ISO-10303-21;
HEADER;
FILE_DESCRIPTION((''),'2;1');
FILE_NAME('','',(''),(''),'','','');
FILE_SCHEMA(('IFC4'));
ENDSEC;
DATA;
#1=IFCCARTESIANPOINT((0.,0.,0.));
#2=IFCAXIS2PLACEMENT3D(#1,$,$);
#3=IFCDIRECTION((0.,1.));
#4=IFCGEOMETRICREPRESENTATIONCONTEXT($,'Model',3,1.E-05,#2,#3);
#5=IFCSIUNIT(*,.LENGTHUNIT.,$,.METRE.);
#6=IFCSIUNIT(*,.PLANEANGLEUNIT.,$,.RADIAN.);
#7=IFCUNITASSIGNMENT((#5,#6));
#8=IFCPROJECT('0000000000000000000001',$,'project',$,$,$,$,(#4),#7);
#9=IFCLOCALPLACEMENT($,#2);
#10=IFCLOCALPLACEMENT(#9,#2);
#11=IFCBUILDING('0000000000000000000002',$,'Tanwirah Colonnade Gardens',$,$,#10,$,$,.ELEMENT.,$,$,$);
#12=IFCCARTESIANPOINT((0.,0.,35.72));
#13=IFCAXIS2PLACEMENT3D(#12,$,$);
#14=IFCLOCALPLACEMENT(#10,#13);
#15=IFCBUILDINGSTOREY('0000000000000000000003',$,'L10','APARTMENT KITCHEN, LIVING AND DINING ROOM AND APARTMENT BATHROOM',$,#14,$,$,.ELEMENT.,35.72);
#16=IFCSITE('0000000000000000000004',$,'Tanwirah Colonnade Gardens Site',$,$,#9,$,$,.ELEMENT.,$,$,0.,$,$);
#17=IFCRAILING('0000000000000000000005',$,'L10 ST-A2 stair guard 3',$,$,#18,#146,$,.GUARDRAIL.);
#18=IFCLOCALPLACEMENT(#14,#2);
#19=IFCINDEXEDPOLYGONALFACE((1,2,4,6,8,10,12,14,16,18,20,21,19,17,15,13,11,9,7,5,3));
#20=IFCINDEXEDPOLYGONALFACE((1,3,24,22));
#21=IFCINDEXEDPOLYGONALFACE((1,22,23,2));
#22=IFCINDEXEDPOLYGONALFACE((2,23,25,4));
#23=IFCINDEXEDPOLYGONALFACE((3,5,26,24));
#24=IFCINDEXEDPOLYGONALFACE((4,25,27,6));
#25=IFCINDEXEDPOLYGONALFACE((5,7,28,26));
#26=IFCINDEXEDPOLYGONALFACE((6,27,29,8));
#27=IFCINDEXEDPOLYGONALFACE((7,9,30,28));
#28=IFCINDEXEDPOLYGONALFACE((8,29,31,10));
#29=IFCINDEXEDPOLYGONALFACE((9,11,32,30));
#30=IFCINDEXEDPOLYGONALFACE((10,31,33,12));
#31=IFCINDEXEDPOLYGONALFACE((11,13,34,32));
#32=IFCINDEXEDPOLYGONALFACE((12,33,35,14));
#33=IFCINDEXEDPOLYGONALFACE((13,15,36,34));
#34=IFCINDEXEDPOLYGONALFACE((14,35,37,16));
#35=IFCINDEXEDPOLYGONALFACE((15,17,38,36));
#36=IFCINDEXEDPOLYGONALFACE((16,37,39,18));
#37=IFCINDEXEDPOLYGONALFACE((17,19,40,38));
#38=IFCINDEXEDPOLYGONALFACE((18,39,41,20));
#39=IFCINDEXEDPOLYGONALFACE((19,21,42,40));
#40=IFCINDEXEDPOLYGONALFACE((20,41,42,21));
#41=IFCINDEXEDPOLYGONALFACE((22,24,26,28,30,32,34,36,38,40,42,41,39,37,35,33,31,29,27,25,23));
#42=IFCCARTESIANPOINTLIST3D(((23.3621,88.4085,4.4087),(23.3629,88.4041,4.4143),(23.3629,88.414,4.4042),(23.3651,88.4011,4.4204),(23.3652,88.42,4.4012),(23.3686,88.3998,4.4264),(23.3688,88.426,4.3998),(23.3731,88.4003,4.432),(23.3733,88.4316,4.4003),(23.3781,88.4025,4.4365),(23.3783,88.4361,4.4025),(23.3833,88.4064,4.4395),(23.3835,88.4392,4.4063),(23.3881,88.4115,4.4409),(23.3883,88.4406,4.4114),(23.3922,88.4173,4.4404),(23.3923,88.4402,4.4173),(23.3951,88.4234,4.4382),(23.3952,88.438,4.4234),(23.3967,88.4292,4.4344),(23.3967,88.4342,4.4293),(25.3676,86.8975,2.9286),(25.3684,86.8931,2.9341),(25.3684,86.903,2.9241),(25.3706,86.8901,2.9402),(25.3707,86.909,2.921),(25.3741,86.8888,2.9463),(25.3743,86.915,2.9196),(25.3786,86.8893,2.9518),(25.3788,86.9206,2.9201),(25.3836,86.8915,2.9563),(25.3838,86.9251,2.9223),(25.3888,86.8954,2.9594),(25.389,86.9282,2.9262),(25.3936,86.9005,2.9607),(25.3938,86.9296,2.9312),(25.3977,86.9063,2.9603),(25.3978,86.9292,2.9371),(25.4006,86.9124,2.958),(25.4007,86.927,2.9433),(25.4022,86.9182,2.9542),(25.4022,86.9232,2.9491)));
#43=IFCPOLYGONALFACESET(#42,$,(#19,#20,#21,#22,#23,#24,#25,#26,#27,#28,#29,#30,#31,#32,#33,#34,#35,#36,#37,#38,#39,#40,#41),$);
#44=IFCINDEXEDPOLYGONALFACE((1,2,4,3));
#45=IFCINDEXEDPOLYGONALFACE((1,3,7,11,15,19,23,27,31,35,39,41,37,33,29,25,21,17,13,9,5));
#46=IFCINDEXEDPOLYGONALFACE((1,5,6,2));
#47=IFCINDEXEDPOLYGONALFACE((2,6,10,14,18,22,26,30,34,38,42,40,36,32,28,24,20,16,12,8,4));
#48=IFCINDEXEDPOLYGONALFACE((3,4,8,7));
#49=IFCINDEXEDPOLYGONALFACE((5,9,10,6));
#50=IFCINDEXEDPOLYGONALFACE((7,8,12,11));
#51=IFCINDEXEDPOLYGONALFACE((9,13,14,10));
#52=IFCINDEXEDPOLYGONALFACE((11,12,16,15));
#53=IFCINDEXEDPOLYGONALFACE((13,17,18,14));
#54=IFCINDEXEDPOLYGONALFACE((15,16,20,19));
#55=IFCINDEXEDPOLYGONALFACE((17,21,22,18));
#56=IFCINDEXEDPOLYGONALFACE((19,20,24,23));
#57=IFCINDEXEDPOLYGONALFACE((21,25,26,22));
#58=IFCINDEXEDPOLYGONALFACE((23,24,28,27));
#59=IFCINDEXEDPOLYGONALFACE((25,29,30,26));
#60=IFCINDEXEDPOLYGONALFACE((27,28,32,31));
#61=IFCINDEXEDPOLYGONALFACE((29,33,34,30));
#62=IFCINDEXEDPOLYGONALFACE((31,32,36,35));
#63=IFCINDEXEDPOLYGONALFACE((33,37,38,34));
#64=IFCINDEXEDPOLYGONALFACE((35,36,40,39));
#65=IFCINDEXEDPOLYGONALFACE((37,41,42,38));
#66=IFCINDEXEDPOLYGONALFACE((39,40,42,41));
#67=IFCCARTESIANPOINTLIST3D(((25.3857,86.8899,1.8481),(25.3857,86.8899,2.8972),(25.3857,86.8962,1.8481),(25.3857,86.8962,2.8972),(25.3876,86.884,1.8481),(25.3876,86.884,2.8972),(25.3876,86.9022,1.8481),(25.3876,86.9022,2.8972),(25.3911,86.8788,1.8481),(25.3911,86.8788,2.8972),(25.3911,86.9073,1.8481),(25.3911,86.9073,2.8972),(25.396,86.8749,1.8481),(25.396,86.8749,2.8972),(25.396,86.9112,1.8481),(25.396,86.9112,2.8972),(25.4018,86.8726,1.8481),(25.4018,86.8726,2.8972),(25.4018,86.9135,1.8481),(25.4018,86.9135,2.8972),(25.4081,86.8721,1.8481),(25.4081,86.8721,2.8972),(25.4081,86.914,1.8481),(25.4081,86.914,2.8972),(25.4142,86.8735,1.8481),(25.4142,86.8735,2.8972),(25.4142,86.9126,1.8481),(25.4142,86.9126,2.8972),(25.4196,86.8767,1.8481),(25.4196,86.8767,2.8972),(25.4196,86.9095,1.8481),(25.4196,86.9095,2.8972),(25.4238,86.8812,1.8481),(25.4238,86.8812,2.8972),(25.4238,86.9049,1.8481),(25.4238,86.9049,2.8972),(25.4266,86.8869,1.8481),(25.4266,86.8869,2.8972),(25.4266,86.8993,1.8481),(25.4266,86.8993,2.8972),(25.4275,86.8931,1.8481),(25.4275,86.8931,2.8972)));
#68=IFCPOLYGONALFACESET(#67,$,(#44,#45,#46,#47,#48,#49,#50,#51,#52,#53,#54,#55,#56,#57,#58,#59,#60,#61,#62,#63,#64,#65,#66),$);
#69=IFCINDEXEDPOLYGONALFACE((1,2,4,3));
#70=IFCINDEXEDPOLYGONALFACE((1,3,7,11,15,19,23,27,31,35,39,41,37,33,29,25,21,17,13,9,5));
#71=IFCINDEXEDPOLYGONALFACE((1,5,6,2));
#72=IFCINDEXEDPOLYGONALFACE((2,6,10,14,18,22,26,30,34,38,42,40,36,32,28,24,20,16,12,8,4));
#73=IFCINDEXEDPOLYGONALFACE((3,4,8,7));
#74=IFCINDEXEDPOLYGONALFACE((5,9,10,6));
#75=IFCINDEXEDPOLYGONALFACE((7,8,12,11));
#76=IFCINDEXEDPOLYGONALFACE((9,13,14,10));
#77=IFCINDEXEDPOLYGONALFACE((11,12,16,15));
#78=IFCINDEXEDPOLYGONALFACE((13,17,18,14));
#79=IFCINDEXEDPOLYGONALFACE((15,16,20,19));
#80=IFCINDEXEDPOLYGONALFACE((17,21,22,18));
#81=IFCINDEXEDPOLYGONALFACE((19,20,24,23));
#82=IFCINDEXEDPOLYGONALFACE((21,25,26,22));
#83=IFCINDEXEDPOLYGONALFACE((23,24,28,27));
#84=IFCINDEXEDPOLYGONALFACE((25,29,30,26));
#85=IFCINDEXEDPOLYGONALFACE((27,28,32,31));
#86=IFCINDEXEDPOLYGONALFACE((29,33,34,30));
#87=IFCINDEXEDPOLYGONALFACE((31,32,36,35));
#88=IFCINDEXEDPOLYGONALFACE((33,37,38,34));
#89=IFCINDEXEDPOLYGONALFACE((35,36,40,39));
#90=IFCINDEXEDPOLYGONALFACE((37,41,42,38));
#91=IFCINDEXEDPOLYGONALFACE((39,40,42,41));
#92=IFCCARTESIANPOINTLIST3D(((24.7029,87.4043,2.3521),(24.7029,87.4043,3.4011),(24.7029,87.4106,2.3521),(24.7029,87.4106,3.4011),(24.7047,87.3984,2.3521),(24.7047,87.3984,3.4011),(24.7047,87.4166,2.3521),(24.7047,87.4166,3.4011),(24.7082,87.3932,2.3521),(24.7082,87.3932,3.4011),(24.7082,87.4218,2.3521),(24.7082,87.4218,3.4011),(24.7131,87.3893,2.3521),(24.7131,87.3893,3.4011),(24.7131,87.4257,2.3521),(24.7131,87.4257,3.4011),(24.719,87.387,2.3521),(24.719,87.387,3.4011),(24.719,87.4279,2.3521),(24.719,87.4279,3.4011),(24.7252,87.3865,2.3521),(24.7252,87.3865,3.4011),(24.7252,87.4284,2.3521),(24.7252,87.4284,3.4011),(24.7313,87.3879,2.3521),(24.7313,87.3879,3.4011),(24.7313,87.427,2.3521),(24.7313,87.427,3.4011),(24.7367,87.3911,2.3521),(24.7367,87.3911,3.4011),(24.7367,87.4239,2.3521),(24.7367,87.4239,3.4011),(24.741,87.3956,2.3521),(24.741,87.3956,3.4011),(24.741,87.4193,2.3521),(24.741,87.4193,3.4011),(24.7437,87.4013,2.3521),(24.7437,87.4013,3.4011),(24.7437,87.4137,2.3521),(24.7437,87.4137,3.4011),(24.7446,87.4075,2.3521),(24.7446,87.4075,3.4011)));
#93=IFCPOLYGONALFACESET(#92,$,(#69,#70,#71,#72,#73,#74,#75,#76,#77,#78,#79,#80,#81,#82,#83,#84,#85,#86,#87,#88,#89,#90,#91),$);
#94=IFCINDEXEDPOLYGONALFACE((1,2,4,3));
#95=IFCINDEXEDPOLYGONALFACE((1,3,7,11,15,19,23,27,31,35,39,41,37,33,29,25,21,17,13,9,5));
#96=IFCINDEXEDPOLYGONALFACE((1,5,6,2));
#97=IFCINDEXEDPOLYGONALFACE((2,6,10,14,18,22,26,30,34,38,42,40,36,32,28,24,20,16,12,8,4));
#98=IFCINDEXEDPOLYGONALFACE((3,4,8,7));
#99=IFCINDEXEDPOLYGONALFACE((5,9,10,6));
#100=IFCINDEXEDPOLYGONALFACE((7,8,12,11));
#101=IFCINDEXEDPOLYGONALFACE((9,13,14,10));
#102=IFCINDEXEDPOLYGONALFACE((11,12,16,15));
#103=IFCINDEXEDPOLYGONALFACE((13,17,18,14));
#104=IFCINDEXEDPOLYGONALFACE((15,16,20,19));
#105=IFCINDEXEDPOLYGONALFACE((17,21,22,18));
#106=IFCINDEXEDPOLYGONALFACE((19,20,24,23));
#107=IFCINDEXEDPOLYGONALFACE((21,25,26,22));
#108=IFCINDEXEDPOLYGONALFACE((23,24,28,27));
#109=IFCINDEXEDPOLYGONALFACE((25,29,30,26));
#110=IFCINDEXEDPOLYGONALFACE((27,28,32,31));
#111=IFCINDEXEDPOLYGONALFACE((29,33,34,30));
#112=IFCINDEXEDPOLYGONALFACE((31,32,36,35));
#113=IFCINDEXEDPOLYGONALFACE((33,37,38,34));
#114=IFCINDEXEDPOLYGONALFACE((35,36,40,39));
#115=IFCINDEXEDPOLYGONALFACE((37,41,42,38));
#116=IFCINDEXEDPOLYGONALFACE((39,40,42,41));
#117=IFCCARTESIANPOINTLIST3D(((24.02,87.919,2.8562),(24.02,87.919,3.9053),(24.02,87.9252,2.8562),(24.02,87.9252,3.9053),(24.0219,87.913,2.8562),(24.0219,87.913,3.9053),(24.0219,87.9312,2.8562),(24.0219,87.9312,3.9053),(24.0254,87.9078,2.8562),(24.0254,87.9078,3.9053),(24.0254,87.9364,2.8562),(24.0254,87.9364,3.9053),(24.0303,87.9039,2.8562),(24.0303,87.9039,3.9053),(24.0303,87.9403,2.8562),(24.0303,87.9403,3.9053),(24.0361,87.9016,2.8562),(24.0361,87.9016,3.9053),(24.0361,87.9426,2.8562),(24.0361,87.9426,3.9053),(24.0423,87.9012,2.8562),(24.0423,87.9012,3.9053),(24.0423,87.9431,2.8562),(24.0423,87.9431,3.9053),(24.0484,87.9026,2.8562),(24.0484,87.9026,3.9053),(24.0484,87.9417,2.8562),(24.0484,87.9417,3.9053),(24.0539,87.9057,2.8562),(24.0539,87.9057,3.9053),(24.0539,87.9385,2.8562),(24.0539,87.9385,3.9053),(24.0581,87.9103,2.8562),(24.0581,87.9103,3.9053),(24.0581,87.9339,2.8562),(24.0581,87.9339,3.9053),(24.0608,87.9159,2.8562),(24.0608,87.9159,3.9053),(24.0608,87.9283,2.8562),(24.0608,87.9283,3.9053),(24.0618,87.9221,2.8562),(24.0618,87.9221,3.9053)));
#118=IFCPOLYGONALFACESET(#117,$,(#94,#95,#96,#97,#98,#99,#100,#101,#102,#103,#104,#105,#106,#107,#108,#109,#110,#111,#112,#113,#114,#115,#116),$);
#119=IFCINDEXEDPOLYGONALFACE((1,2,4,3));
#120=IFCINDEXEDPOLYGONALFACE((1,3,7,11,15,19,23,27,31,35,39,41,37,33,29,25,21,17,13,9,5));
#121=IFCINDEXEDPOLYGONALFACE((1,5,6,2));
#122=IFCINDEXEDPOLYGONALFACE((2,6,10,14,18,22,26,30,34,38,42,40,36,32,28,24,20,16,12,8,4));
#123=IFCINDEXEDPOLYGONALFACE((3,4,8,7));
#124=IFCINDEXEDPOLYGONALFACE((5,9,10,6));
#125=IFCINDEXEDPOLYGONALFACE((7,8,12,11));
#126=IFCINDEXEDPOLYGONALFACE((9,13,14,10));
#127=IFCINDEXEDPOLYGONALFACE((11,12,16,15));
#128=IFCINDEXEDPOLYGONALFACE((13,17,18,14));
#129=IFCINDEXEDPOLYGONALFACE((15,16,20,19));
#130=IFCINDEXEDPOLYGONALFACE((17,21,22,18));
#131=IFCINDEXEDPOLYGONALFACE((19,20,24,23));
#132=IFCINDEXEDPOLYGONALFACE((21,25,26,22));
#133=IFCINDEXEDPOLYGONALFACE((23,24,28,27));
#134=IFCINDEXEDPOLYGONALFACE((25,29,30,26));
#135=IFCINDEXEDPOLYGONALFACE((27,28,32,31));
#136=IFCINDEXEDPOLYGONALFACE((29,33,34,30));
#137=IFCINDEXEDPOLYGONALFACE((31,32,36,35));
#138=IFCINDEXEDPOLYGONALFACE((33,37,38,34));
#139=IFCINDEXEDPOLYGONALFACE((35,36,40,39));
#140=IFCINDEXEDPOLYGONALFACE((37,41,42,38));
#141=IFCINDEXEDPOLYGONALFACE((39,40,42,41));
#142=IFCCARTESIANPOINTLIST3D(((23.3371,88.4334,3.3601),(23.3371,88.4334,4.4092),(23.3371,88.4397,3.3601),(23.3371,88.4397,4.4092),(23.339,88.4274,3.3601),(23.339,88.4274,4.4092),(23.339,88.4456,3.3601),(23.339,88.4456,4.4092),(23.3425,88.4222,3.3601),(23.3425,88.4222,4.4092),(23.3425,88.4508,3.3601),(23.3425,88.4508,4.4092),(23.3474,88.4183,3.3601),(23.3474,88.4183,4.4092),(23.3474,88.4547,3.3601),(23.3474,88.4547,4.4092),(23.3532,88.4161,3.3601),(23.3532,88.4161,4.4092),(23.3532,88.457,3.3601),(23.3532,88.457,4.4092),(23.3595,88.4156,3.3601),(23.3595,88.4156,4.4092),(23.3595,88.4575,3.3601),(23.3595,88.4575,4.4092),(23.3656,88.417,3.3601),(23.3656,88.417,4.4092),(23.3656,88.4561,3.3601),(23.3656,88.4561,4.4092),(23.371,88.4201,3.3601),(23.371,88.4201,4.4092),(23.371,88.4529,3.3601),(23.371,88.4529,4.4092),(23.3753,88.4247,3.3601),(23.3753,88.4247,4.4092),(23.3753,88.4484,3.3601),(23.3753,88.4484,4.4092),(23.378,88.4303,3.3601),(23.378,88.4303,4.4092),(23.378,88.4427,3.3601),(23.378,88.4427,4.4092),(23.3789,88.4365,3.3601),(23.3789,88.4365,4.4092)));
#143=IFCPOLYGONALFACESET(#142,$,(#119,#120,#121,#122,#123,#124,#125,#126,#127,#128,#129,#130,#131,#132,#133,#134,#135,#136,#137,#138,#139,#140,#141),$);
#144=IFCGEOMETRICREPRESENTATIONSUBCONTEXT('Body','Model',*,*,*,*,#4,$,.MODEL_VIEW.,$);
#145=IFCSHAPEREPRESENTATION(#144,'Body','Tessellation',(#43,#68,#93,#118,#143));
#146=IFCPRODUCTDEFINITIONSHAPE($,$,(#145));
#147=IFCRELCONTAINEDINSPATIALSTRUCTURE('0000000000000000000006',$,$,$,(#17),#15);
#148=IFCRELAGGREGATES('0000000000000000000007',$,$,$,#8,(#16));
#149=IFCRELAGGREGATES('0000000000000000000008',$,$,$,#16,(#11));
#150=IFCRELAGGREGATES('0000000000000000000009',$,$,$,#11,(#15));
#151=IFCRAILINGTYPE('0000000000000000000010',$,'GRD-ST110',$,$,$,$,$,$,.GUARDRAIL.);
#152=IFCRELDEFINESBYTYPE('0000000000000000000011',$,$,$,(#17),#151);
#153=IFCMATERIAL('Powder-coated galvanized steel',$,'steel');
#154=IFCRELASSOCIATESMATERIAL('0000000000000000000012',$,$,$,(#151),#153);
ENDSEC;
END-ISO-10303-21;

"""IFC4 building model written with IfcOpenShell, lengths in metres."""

from ifc_helpers import new_model, si_unit, direction, frame, origin, origin_2d, place, context, subcontext, project, spatial, circle, extrude, material, type_object, element, save


model = new_model("IFC4")

# Units and contexts
model_context = context("Model", 3, precision=1e-05, world=origin(), true_north=direction((0.0, 1.0)))
body_context = subcontext(model_context, "Body", "Model", "MODEL_VIEW")
ifc_project = project(units=[si_unit("LENGTHUNIT", "METRE"), si_unit("PLANEANGLEUNIT", "RADIAN")], contexts=[model_context])

# Site, building, storey
site_placement = place(None, origin())
site = spatial("IfcSite", under=ifc_project, at=site_placement, Name="Tanwirah Colonnade Gardens Site", CompositionType="ELEMENT", RefElevation=0.0)
building_placement = place(site_placement, origin())
building = spatial("IfcBuilding", under=site, at=building_placement, Name="Tanwirah Colonnade Gardens", CompositionType="ELEMENT")
storey_placement = place(building_placement, frame((0.0, 0.0, 35.72)))
storey = spatial("IfcBuildingStorey", under=building, at=storey_placement, Name="L10", Description="APARTMENT KITCHEN, LIVING AND DINING ROOM AND APARTMENT BATHROOM", CompositionType="ELEMENT", Elevation=35.72)

# Railing
ifc_material_1 = material(Name="Powder-coated galvanized steel", Category="steel")
railing_type_1 = type_object("IfcRailingType", Name="GRD-ST110", PredefinedType="GUARDRAIL", material=ifc_material_1)
railing_1_placement = place(storey_placement, frame((25.4065, 86.8931, 1.8481)))
element("IfcRailing", 1, at=railing_1_placement, inside=storey, type_object=railing_type_1, Name="L10 ST-A2 stair guard 3", PredefinedType="GUARDRAIL", context=body_context, shape_type="SweptSolid", body=[
    extrude(circle(Radius=0.0239, at=origin_2d()), frame((-0.0215, 0.0161, 1.092), z_axis=(-0.688042, 0.518389, 0.507811), x_axis=(-0.60175, -0.798685, 0.0)), (0.0, 0.0, 1.0), 2.9148),
    extrude(circle(Radius=0.021, at=origin_2d()), origin(), (0.0, 0.0, 1.0), 1.0491),
    extrude(circle(Radius=0.021, at=origin_2d()), frame((-0.6829, 0.5144, 0.5039)), (0.0, 0.0, 1.0), 1.0491),
    extrude(circle(Radius=0.021, at=origin_2d()), frame((-1.3657, 1.0291, 1.0081)), (0.0, 0.0, 1.0), 1.0491),
    extrude(circle(Radius=0.021, at=origin_2d()), frame((-2.0486, 1.5435, 1.512)), (0.0, 0.0, 1.0), 1.0491),
])

save(model, "model.ifc")
